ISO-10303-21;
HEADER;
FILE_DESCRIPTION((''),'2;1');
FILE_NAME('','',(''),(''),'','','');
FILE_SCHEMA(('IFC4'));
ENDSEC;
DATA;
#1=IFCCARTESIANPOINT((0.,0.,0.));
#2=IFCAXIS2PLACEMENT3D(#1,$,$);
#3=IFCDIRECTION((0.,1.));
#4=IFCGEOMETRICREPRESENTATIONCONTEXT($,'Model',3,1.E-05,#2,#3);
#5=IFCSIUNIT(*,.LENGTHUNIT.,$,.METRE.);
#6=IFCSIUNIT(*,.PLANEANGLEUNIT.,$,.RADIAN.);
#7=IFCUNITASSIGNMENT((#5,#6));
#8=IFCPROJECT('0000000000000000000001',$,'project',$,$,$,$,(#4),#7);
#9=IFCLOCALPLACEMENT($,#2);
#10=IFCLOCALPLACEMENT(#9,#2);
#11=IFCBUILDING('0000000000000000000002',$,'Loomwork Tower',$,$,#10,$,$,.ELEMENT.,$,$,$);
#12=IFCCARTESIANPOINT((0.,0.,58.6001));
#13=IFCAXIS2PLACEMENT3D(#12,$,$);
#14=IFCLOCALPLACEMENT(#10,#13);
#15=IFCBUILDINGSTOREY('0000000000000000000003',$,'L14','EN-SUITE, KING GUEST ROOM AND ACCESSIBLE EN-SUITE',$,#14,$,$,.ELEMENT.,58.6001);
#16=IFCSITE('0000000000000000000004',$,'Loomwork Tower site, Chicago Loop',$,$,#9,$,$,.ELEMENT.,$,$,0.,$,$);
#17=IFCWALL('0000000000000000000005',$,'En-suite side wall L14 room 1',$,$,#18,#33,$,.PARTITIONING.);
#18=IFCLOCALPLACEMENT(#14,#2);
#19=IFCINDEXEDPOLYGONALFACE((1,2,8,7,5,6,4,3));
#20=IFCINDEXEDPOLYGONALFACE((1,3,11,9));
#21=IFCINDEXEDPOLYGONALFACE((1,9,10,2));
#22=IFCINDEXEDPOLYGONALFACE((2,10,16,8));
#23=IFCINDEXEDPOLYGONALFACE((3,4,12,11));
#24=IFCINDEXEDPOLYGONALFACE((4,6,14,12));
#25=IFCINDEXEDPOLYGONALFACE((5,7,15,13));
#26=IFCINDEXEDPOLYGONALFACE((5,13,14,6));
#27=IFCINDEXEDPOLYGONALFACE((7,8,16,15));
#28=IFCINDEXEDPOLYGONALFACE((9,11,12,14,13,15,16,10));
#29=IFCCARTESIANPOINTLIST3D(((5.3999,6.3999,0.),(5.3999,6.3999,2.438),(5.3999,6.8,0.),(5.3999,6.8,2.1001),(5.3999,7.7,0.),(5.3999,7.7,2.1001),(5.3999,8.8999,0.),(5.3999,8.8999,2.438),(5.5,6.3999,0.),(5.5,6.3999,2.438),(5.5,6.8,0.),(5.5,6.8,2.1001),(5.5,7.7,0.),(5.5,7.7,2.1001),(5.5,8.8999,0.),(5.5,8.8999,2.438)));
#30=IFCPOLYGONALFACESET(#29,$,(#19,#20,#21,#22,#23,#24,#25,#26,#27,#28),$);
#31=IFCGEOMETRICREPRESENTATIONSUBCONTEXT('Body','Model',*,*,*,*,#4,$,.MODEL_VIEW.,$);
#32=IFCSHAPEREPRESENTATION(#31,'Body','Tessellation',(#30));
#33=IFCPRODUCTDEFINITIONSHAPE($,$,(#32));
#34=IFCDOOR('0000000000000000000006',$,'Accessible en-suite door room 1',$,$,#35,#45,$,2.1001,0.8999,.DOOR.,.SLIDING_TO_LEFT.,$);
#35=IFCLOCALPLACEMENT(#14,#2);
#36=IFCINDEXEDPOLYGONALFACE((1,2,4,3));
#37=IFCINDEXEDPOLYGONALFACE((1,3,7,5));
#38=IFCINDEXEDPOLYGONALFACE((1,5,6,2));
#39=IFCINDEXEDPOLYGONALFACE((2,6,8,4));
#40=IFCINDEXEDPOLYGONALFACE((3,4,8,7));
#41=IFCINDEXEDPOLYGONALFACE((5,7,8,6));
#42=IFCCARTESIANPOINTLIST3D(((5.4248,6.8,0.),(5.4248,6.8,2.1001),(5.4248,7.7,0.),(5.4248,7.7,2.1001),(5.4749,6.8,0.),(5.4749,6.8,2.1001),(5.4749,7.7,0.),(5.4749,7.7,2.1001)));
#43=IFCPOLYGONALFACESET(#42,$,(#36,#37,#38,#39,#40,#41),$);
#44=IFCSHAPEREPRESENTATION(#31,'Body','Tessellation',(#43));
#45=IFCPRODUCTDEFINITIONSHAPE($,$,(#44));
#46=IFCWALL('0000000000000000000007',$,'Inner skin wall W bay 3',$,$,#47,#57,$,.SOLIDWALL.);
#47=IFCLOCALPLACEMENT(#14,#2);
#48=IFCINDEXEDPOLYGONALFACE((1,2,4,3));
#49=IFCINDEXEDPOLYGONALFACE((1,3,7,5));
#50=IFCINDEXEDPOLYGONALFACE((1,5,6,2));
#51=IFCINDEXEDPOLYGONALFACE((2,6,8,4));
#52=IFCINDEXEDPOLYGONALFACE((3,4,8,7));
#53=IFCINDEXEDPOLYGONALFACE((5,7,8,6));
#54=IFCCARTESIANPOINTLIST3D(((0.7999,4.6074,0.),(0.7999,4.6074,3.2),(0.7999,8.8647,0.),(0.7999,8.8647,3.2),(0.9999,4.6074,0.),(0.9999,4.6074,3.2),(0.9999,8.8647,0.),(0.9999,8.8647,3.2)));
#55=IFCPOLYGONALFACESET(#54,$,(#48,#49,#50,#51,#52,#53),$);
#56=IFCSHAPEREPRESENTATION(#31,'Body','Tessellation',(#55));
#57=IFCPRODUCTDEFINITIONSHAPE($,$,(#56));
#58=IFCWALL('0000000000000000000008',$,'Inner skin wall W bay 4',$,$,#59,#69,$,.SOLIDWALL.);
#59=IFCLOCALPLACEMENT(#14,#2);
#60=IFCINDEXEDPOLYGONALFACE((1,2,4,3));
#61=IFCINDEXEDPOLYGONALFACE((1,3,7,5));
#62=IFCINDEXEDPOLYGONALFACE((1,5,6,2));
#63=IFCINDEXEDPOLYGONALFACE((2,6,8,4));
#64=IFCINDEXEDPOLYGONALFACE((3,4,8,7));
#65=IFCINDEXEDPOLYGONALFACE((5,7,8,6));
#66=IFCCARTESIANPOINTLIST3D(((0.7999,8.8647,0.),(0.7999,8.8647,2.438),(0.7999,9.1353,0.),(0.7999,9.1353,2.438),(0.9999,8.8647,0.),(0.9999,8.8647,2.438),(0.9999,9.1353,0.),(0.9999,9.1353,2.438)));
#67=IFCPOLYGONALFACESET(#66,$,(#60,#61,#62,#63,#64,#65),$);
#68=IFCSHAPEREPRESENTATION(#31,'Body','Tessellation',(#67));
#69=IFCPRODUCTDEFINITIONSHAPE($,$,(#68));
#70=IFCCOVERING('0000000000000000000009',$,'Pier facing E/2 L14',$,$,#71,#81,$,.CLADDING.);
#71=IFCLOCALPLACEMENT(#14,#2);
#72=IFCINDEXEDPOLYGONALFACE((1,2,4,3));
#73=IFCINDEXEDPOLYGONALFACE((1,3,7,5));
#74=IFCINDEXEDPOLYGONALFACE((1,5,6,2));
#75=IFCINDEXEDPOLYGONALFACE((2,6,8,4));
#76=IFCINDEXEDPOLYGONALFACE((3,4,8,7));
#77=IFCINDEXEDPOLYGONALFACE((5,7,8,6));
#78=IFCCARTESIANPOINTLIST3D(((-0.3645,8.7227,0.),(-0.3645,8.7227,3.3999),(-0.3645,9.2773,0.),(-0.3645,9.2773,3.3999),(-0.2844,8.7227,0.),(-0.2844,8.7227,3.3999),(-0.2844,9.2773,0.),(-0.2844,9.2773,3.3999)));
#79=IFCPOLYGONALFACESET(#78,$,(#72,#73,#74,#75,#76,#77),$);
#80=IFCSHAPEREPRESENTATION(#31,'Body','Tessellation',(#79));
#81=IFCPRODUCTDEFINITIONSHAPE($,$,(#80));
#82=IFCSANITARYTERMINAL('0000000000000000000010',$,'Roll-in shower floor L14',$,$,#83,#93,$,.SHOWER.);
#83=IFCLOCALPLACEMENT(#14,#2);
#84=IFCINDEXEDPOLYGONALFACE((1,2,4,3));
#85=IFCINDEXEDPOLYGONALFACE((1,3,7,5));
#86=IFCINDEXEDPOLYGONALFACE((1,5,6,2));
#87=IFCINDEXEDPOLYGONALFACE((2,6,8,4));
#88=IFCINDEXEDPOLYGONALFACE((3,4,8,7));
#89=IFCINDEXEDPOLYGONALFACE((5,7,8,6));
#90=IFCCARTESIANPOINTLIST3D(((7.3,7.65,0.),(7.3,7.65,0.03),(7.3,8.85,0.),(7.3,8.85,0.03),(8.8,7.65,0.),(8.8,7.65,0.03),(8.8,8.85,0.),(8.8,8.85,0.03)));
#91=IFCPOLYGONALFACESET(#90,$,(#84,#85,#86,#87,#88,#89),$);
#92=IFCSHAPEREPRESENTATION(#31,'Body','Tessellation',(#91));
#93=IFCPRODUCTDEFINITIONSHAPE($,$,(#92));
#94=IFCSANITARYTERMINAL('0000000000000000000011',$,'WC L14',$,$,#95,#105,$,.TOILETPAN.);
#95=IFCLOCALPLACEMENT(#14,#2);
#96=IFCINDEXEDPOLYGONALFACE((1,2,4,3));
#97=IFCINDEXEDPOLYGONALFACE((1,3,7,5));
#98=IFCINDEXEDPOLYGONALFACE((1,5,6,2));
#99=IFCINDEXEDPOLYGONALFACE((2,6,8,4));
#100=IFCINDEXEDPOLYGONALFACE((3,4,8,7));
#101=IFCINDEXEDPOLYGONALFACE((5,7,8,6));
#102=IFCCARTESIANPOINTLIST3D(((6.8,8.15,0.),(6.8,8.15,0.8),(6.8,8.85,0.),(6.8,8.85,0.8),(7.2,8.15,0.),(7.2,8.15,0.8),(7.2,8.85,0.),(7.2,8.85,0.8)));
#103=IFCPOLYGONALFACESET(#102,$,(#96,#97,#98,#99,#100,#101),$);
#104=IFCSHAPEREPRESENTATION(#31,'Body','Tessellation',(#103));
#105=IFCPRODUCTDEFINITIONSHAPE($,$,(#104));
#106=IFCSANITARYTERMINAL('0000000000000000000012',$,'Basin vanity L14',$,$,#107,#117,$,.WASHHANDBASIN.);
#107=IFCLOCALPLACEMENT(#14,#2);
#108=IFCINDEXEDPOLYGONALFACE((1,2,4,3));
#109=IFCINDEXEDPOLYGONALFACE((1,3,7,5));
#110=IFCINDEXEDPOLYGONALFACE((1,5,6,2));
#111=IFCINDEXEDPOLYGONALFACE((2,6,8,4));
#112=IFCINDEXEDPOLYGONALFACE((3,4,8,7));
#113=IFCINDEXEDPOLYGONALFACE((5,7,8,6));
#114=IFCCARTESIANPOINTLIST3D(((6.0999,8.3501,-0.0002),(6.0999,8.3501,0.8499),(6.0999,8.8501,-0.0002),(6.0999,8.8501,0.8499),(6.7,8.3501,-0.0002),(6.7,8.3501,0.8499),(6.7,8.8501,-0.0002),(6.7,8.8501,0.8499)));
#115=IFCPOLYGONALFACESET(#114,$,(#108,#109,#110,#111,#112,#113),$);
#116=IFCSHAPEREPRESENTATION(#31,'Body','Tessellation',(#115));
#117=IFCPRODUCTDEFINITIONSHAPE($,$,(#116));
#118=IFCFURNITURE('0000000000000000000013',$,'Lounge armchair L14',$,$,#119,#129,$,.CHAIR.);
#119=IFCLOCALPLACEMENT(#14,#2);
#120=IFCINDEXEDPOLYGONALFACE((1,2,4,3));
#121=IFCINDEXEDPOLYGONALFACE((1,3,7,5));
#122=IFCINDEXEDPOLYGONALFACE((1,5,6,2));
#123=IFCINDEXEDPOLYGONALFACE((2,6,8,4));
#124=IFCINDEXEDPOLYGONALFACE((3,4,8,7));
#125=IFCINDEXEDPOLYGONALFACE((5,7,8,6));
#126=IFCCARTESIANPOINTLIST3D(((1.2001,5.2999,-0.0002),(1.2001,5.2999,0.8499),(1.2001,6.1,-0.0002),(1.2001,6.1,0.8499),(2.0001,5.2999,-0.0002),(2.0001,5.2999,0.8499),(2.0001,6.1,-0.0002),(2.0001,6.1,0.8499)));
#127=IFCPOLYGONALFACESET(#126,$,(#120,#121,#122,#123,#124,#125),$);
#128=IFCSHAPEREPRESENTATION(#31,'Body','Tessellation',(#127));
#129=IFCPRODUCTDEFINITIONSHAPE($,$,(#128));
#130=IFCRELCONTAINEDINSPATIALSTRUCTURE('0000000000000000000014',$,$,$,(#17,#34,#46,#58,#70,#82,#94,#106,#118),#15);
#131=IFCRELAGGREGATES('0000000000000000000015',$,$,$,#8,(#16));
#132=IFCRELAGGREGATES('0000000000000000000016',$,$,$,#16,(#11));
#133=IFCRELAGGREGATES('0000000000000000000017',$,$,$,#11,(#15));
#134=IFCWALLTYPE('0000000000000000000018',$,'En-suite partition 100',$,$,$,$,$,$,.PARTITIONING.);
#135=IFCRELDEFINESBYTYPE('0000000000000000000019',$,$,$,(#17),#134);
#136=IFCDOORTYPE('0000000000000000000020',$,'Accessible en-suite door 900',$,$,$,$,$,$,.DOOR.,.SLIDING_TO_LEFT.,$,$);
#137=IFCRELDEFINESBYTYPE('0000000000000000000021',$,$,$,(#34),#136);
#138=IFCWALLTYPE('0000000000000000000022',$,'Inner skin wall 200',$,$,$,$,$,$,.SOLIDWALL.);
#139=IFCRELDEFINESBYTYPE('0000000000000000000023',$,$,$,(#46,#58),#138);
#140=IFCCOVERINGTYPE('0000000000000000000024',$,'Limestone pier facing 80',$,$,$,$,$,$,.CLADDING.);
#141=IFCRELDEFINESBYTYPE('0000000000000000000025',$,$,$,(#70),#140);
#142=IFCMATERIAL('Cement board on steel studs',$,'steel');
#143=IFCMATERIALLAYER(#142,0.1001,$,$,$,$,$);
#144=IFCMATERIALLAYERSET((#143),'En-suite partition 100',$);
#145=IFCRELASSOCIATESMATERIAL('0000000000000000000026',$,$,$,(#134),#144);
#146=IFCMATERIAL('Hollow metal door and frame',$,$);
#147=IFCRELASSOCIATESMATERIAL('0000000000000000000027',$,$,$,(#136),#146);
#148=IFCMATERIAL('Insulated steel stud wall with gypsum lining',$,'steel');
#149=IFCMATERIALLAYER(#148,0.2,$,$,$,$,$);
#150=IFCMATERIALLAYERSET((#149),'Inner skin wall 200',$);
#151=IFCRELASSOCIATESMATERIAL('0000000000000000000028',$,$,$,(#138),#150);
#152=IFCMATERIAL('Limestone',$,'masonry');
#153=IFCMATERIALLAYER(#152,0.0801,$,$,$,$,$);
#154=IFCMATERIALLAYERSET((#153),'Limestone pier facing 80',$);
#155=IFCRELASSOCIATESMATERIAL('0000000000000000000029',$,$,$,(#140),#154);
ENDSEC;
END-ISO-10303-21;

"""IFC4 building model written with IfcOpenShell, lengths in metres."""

from ifc_helpers import new_model, si_unit, direction, frame, frame_2d, origin, origin_2d, place, context, subcontext, project, spatial, rectangle, extrude, material, layer, layer_set, type_object, element, fill, save


model = new_model("IFC4")

# Units and contexts
model_context = context("Model", 3, precision=1e-05, world=origin(), true_north=direction((0.0, 1.0)))
body_context = subcontext(model_context, "Body", "Model", "MODEL_VIEW")
ifc_project = project(units=[si_unit("LENGTHUNIT", "METRE"), si_unit("PLANEANGLEUNIT", "RADIAN")], contexts=[model_context])

# Site, building, storey
site_placement = place(None, origin())
site = spatial("IfcSite", under=ifc_project, at=site_placement, Name="Loomwork Tower site, Chicago Loop", CompositionType="ELEMENT", RefElevation=0.0)
building_placement = place(site_placement, origin())
building = spatial("IfcBuilding", under=site, at=building_placement, Name="Loomwork Tower", CompositionType="ELEMENT")
storey_placement = place(building_placement, frame((0.0, 0.0, 58.6001)))
storey = spatial("IfcBuildingStorey", under=building, at=storey_placement, Name="L14", Description="EN-SUITE, KING GUEST ROOM AND ACCESSIBLE EN-SUITE", CompositionType="ELEMENT", Elevation=58.6001)

# Shared definitions
ifc_material_1 = material(Name="Cement board on steel studs", Category="steel")
ifc_layer_1 = layer(ifc_material_1, 0.1001)
ifc_layer_set_1 = layer_set([ifc_layer_1], Name="En-suite partition 100")
wall_type_1 = type_object("IfcWallType", Name="En-suite partition 100", PredefinedType="PARTITIONING", material=ifc_layer_set_1)

# Wall, opening, door
wall_1_placement = place(storey_placement, frame((5.45, 8.8999, 0.0), z_axis=(0.0, 0.0, 1.0), x_axis=(0.0, -1.0, 0.0)))
wall_1 = element("IfcWall", 1, at=wall_1_placement, inside=storey, type_object=wall_type_1, Name="En-suite side wall L14 room 1", PredefinedType="PARTITIONING", context=body_context, shape_type="SweptSolid", body=[
    extrude(rectangle(XDim=2.5, YDim=0.1001, at=frame_2d((1.25, 0.0))), origin(), (0.0, 0.0, 1.0), 2.438),
])
opening_1_placement = place(wall_1_placement, frame((1.2, 0.0, 0.0)))
opening_1 = element("IfcOpeningElement", 2, at=opening_1_placement, cuts=wall_1, PredefinedType="OPENING", context=body_context, shape_type="SweptSolid", body=[
    extrude(rectangle(XDim=0.8999, YDim=2.1001, at=frame_2d((0.45, 1.05))), frame((0.0, 0.0601, 0.0), z_axis=(0.0, -1.0, 0.0), x_axis=(1.0, 0.0, 0.0)), (0.0, 0.0, 1.0), 0.1201),
])
ifc_material_2 = material(Name="Hollow metal door and frame")
door_type_1 = type_object("IfcDoorType", Name="Accessible en-suite door 900", OperationType="SLIDING_TO_LEFT", PredefinedType="DOOR", material=ifc_material_2)
door_1_placement = place(opening_1_placement, origin())
door_1 = element("IfcDoor", 3, at=door_1_placement, inside=storey, type_object=door_type_1, Name="Accessible en-suite door room 1", OperationType="SLIDING_TO_LEFT", OverallHeight=2.1001, OverallWidth=0.8999, PredefinedType="DOOR", context=body_context, shape_type="SweptSolid", body=[
    extrude(rectangle(XDim=0.8999, YDim=2.1001, at=frame_2d((0.45, 1.05))), frame((0.0, 0.0249, 0.0), z_axis=(0.0, -1.0, 0.0), x_axis=(1.0, 0.0, 0.0)), (0.0, 0.0, 1.0), 0.05),
])
fill(opening_1, door_1)

# Walls
ifc_material_3 = material(Name="Insulated steel stud wall with gypsum lining", Category="steel")
ifc_layer_2 = layer(ifc_material_3, 0.2)
ifc_layer_set_2 = layer_set([ifc_layer_2], Name="Inner skin wall 200")
wall_type_2 = type_object("IfcWallType", Name="Inner skin wall 200", PredefinedType="SOLIDWALL", material=ifc_layer_set_2)
wall_2_placement = place(storey_placement, frame((0.8999, 4.6074, 0.0), z_axis=(0.0, 0.0, 1.0), x_axis=(0.0, 1.0, 0.0)))
element("IfcWall", 4, at=wall_2_placement, inside=storey, type_object=wall_type_2, Name="Inner skin wall W bay 3", PredefinedType="SOLIDWALL", context=body_context, shape_type="SweptSolid", body=[
    extrude(rectangle(XDim=4.2573, YDim=0.2, at=frame_2d((2.1287, 0.0))), origin(), (0.0, 0.0, 1.0), 3.2),
])
wall_3_placement = place(storey_placement, frame((0.8999, 8.8647, 0.0), z_axis=(0.0, 0.0, 1.0), x_axis=(0.0, 1.0, 0.0)))
element("IfcWall", 5, at=wall_3_placement, inside=storey, type_object=wall_type_2, Name="Inner skin wall W bay 4", PredefinedType="SOLIDWALL", context=body_context, shape_type="SweptSolid", body=[
    extrude(rectangle(XDim=0.2705, YDim=0.2, at=frame_2d((0.1353, 0.0))), origin(), (0.0, 0.0, 1.0), 2.438),
])

# Covering
ifc_material_4 = material(Name="Limestone", Category="masonry")
ifc_layer_3 = layer(ifc_material_4, 0.0801)
ifc_layer_set_3 = layer_set([ifc_layer_3], Name="Limestone pier facing 80")
covering_type = type_object("IfcCoveringType", Name="Limestone pier facing 80", PredefinedType="CLADDING", material=ifc_layer_set_3)
covering_placement = place(storey_placement, frame((-0.3245, 9.0, 0.0), z_axis=(0.0, 0.0, 1.0), x_axis=(1.0, 0.0, 0.0)))
element("IfcCovering", 6, at=covering_placement, inside=storey, type_object=covering_type, Name="Pier facing E/2 L14", PredefinedType="CLADDING", context=body_context, shape_type="SweptSolid", body=[
    extrude(rectangle(XDim=0.0801, YDim=0.5547, at=origin_2d()), origin(), (0.0, 0.0, 1.0), 3.3999),
])

# Sanitary terminals
sanitary_terminal_1_placement = place(storey_placement, frame((8.05, 8.25, 0.0), z_axis=(0.0, 0.0, 1.0), x_axis=(1.0, 0.0, 0.0)))
element("IfcSanitaryTerminal", 7, at=sanitary_terminal_1_placement, inside=storey, Name="Roll-in shower floor L14", PredefinedType="SHOWER", context=body_context, shape_type="SweptSolid", body=[
    extrude(rectangle(XDim=1.5, YDim=1.2, at=origin_2d()), origin(), (0.0, 0.0, 1.0), 0.03),
])
sanitary_terminal_2_placement = place(storey_placement, frame((7.0, 8.5, 0.0), z_axis=(0.0, 0.0, 1.0), x_axis=(1.0, 0.0, 0.0)))
element("IfcSanitaryTerminal", 8, at=sanitary_terminal_2_placement, inside=storey, Name="WC L14", PredefinedType="TOILETPAN", context=body_context, shape_type="SweptSolid", body=[
    extrude(rectangle(XDim=0.3999, YDim=0.7, at=origin_2d()), origin(), (0.0, 0.0, 1.0), 0.8),
])
sanitary_terminal_3_placement = place(storey_placement, frame((6.3999, 8.6001, -0.0002), z_axis=(0.0, 0.0, 1.0), x_axis=(1.0, 0.0, 0.0)))
element("IfcSanitaryTerminal", 9, at=sanitary_terminal_3_placement, inside=storey, Name="Basin vanity L14", PredefinedType="WASHHANDBASIN", context=body_context, shape_type="SweptSolid", body=[
    extrude(rectangle(XDim=0.6001, YDim=0.5, at=origin_2d()), origin(), (0.0, 0.0, 1.0), 0.8501),
])

# Furniture
furniture_placement = place(storey_placement, frame((1.6001, 5.7, -0.0002), z_axis=(0.0, 0.0, 1.0), x_axis=(1.0, 0.0, 0.0)))
element("IfcFurniture", 10, at=furniture_placement, inside=storey, Name="Lounge armchair L14", PredefinedType="CHAIR", context=body_context, shape_type="SweptSolid", body=[
    extrude(rectangle(XDim=0.8, YDim=0.8, at=origin_2d()), origin(), (0.0, 0.0, 1.0), 0.8501),
])

save(model, "model.ifc")
